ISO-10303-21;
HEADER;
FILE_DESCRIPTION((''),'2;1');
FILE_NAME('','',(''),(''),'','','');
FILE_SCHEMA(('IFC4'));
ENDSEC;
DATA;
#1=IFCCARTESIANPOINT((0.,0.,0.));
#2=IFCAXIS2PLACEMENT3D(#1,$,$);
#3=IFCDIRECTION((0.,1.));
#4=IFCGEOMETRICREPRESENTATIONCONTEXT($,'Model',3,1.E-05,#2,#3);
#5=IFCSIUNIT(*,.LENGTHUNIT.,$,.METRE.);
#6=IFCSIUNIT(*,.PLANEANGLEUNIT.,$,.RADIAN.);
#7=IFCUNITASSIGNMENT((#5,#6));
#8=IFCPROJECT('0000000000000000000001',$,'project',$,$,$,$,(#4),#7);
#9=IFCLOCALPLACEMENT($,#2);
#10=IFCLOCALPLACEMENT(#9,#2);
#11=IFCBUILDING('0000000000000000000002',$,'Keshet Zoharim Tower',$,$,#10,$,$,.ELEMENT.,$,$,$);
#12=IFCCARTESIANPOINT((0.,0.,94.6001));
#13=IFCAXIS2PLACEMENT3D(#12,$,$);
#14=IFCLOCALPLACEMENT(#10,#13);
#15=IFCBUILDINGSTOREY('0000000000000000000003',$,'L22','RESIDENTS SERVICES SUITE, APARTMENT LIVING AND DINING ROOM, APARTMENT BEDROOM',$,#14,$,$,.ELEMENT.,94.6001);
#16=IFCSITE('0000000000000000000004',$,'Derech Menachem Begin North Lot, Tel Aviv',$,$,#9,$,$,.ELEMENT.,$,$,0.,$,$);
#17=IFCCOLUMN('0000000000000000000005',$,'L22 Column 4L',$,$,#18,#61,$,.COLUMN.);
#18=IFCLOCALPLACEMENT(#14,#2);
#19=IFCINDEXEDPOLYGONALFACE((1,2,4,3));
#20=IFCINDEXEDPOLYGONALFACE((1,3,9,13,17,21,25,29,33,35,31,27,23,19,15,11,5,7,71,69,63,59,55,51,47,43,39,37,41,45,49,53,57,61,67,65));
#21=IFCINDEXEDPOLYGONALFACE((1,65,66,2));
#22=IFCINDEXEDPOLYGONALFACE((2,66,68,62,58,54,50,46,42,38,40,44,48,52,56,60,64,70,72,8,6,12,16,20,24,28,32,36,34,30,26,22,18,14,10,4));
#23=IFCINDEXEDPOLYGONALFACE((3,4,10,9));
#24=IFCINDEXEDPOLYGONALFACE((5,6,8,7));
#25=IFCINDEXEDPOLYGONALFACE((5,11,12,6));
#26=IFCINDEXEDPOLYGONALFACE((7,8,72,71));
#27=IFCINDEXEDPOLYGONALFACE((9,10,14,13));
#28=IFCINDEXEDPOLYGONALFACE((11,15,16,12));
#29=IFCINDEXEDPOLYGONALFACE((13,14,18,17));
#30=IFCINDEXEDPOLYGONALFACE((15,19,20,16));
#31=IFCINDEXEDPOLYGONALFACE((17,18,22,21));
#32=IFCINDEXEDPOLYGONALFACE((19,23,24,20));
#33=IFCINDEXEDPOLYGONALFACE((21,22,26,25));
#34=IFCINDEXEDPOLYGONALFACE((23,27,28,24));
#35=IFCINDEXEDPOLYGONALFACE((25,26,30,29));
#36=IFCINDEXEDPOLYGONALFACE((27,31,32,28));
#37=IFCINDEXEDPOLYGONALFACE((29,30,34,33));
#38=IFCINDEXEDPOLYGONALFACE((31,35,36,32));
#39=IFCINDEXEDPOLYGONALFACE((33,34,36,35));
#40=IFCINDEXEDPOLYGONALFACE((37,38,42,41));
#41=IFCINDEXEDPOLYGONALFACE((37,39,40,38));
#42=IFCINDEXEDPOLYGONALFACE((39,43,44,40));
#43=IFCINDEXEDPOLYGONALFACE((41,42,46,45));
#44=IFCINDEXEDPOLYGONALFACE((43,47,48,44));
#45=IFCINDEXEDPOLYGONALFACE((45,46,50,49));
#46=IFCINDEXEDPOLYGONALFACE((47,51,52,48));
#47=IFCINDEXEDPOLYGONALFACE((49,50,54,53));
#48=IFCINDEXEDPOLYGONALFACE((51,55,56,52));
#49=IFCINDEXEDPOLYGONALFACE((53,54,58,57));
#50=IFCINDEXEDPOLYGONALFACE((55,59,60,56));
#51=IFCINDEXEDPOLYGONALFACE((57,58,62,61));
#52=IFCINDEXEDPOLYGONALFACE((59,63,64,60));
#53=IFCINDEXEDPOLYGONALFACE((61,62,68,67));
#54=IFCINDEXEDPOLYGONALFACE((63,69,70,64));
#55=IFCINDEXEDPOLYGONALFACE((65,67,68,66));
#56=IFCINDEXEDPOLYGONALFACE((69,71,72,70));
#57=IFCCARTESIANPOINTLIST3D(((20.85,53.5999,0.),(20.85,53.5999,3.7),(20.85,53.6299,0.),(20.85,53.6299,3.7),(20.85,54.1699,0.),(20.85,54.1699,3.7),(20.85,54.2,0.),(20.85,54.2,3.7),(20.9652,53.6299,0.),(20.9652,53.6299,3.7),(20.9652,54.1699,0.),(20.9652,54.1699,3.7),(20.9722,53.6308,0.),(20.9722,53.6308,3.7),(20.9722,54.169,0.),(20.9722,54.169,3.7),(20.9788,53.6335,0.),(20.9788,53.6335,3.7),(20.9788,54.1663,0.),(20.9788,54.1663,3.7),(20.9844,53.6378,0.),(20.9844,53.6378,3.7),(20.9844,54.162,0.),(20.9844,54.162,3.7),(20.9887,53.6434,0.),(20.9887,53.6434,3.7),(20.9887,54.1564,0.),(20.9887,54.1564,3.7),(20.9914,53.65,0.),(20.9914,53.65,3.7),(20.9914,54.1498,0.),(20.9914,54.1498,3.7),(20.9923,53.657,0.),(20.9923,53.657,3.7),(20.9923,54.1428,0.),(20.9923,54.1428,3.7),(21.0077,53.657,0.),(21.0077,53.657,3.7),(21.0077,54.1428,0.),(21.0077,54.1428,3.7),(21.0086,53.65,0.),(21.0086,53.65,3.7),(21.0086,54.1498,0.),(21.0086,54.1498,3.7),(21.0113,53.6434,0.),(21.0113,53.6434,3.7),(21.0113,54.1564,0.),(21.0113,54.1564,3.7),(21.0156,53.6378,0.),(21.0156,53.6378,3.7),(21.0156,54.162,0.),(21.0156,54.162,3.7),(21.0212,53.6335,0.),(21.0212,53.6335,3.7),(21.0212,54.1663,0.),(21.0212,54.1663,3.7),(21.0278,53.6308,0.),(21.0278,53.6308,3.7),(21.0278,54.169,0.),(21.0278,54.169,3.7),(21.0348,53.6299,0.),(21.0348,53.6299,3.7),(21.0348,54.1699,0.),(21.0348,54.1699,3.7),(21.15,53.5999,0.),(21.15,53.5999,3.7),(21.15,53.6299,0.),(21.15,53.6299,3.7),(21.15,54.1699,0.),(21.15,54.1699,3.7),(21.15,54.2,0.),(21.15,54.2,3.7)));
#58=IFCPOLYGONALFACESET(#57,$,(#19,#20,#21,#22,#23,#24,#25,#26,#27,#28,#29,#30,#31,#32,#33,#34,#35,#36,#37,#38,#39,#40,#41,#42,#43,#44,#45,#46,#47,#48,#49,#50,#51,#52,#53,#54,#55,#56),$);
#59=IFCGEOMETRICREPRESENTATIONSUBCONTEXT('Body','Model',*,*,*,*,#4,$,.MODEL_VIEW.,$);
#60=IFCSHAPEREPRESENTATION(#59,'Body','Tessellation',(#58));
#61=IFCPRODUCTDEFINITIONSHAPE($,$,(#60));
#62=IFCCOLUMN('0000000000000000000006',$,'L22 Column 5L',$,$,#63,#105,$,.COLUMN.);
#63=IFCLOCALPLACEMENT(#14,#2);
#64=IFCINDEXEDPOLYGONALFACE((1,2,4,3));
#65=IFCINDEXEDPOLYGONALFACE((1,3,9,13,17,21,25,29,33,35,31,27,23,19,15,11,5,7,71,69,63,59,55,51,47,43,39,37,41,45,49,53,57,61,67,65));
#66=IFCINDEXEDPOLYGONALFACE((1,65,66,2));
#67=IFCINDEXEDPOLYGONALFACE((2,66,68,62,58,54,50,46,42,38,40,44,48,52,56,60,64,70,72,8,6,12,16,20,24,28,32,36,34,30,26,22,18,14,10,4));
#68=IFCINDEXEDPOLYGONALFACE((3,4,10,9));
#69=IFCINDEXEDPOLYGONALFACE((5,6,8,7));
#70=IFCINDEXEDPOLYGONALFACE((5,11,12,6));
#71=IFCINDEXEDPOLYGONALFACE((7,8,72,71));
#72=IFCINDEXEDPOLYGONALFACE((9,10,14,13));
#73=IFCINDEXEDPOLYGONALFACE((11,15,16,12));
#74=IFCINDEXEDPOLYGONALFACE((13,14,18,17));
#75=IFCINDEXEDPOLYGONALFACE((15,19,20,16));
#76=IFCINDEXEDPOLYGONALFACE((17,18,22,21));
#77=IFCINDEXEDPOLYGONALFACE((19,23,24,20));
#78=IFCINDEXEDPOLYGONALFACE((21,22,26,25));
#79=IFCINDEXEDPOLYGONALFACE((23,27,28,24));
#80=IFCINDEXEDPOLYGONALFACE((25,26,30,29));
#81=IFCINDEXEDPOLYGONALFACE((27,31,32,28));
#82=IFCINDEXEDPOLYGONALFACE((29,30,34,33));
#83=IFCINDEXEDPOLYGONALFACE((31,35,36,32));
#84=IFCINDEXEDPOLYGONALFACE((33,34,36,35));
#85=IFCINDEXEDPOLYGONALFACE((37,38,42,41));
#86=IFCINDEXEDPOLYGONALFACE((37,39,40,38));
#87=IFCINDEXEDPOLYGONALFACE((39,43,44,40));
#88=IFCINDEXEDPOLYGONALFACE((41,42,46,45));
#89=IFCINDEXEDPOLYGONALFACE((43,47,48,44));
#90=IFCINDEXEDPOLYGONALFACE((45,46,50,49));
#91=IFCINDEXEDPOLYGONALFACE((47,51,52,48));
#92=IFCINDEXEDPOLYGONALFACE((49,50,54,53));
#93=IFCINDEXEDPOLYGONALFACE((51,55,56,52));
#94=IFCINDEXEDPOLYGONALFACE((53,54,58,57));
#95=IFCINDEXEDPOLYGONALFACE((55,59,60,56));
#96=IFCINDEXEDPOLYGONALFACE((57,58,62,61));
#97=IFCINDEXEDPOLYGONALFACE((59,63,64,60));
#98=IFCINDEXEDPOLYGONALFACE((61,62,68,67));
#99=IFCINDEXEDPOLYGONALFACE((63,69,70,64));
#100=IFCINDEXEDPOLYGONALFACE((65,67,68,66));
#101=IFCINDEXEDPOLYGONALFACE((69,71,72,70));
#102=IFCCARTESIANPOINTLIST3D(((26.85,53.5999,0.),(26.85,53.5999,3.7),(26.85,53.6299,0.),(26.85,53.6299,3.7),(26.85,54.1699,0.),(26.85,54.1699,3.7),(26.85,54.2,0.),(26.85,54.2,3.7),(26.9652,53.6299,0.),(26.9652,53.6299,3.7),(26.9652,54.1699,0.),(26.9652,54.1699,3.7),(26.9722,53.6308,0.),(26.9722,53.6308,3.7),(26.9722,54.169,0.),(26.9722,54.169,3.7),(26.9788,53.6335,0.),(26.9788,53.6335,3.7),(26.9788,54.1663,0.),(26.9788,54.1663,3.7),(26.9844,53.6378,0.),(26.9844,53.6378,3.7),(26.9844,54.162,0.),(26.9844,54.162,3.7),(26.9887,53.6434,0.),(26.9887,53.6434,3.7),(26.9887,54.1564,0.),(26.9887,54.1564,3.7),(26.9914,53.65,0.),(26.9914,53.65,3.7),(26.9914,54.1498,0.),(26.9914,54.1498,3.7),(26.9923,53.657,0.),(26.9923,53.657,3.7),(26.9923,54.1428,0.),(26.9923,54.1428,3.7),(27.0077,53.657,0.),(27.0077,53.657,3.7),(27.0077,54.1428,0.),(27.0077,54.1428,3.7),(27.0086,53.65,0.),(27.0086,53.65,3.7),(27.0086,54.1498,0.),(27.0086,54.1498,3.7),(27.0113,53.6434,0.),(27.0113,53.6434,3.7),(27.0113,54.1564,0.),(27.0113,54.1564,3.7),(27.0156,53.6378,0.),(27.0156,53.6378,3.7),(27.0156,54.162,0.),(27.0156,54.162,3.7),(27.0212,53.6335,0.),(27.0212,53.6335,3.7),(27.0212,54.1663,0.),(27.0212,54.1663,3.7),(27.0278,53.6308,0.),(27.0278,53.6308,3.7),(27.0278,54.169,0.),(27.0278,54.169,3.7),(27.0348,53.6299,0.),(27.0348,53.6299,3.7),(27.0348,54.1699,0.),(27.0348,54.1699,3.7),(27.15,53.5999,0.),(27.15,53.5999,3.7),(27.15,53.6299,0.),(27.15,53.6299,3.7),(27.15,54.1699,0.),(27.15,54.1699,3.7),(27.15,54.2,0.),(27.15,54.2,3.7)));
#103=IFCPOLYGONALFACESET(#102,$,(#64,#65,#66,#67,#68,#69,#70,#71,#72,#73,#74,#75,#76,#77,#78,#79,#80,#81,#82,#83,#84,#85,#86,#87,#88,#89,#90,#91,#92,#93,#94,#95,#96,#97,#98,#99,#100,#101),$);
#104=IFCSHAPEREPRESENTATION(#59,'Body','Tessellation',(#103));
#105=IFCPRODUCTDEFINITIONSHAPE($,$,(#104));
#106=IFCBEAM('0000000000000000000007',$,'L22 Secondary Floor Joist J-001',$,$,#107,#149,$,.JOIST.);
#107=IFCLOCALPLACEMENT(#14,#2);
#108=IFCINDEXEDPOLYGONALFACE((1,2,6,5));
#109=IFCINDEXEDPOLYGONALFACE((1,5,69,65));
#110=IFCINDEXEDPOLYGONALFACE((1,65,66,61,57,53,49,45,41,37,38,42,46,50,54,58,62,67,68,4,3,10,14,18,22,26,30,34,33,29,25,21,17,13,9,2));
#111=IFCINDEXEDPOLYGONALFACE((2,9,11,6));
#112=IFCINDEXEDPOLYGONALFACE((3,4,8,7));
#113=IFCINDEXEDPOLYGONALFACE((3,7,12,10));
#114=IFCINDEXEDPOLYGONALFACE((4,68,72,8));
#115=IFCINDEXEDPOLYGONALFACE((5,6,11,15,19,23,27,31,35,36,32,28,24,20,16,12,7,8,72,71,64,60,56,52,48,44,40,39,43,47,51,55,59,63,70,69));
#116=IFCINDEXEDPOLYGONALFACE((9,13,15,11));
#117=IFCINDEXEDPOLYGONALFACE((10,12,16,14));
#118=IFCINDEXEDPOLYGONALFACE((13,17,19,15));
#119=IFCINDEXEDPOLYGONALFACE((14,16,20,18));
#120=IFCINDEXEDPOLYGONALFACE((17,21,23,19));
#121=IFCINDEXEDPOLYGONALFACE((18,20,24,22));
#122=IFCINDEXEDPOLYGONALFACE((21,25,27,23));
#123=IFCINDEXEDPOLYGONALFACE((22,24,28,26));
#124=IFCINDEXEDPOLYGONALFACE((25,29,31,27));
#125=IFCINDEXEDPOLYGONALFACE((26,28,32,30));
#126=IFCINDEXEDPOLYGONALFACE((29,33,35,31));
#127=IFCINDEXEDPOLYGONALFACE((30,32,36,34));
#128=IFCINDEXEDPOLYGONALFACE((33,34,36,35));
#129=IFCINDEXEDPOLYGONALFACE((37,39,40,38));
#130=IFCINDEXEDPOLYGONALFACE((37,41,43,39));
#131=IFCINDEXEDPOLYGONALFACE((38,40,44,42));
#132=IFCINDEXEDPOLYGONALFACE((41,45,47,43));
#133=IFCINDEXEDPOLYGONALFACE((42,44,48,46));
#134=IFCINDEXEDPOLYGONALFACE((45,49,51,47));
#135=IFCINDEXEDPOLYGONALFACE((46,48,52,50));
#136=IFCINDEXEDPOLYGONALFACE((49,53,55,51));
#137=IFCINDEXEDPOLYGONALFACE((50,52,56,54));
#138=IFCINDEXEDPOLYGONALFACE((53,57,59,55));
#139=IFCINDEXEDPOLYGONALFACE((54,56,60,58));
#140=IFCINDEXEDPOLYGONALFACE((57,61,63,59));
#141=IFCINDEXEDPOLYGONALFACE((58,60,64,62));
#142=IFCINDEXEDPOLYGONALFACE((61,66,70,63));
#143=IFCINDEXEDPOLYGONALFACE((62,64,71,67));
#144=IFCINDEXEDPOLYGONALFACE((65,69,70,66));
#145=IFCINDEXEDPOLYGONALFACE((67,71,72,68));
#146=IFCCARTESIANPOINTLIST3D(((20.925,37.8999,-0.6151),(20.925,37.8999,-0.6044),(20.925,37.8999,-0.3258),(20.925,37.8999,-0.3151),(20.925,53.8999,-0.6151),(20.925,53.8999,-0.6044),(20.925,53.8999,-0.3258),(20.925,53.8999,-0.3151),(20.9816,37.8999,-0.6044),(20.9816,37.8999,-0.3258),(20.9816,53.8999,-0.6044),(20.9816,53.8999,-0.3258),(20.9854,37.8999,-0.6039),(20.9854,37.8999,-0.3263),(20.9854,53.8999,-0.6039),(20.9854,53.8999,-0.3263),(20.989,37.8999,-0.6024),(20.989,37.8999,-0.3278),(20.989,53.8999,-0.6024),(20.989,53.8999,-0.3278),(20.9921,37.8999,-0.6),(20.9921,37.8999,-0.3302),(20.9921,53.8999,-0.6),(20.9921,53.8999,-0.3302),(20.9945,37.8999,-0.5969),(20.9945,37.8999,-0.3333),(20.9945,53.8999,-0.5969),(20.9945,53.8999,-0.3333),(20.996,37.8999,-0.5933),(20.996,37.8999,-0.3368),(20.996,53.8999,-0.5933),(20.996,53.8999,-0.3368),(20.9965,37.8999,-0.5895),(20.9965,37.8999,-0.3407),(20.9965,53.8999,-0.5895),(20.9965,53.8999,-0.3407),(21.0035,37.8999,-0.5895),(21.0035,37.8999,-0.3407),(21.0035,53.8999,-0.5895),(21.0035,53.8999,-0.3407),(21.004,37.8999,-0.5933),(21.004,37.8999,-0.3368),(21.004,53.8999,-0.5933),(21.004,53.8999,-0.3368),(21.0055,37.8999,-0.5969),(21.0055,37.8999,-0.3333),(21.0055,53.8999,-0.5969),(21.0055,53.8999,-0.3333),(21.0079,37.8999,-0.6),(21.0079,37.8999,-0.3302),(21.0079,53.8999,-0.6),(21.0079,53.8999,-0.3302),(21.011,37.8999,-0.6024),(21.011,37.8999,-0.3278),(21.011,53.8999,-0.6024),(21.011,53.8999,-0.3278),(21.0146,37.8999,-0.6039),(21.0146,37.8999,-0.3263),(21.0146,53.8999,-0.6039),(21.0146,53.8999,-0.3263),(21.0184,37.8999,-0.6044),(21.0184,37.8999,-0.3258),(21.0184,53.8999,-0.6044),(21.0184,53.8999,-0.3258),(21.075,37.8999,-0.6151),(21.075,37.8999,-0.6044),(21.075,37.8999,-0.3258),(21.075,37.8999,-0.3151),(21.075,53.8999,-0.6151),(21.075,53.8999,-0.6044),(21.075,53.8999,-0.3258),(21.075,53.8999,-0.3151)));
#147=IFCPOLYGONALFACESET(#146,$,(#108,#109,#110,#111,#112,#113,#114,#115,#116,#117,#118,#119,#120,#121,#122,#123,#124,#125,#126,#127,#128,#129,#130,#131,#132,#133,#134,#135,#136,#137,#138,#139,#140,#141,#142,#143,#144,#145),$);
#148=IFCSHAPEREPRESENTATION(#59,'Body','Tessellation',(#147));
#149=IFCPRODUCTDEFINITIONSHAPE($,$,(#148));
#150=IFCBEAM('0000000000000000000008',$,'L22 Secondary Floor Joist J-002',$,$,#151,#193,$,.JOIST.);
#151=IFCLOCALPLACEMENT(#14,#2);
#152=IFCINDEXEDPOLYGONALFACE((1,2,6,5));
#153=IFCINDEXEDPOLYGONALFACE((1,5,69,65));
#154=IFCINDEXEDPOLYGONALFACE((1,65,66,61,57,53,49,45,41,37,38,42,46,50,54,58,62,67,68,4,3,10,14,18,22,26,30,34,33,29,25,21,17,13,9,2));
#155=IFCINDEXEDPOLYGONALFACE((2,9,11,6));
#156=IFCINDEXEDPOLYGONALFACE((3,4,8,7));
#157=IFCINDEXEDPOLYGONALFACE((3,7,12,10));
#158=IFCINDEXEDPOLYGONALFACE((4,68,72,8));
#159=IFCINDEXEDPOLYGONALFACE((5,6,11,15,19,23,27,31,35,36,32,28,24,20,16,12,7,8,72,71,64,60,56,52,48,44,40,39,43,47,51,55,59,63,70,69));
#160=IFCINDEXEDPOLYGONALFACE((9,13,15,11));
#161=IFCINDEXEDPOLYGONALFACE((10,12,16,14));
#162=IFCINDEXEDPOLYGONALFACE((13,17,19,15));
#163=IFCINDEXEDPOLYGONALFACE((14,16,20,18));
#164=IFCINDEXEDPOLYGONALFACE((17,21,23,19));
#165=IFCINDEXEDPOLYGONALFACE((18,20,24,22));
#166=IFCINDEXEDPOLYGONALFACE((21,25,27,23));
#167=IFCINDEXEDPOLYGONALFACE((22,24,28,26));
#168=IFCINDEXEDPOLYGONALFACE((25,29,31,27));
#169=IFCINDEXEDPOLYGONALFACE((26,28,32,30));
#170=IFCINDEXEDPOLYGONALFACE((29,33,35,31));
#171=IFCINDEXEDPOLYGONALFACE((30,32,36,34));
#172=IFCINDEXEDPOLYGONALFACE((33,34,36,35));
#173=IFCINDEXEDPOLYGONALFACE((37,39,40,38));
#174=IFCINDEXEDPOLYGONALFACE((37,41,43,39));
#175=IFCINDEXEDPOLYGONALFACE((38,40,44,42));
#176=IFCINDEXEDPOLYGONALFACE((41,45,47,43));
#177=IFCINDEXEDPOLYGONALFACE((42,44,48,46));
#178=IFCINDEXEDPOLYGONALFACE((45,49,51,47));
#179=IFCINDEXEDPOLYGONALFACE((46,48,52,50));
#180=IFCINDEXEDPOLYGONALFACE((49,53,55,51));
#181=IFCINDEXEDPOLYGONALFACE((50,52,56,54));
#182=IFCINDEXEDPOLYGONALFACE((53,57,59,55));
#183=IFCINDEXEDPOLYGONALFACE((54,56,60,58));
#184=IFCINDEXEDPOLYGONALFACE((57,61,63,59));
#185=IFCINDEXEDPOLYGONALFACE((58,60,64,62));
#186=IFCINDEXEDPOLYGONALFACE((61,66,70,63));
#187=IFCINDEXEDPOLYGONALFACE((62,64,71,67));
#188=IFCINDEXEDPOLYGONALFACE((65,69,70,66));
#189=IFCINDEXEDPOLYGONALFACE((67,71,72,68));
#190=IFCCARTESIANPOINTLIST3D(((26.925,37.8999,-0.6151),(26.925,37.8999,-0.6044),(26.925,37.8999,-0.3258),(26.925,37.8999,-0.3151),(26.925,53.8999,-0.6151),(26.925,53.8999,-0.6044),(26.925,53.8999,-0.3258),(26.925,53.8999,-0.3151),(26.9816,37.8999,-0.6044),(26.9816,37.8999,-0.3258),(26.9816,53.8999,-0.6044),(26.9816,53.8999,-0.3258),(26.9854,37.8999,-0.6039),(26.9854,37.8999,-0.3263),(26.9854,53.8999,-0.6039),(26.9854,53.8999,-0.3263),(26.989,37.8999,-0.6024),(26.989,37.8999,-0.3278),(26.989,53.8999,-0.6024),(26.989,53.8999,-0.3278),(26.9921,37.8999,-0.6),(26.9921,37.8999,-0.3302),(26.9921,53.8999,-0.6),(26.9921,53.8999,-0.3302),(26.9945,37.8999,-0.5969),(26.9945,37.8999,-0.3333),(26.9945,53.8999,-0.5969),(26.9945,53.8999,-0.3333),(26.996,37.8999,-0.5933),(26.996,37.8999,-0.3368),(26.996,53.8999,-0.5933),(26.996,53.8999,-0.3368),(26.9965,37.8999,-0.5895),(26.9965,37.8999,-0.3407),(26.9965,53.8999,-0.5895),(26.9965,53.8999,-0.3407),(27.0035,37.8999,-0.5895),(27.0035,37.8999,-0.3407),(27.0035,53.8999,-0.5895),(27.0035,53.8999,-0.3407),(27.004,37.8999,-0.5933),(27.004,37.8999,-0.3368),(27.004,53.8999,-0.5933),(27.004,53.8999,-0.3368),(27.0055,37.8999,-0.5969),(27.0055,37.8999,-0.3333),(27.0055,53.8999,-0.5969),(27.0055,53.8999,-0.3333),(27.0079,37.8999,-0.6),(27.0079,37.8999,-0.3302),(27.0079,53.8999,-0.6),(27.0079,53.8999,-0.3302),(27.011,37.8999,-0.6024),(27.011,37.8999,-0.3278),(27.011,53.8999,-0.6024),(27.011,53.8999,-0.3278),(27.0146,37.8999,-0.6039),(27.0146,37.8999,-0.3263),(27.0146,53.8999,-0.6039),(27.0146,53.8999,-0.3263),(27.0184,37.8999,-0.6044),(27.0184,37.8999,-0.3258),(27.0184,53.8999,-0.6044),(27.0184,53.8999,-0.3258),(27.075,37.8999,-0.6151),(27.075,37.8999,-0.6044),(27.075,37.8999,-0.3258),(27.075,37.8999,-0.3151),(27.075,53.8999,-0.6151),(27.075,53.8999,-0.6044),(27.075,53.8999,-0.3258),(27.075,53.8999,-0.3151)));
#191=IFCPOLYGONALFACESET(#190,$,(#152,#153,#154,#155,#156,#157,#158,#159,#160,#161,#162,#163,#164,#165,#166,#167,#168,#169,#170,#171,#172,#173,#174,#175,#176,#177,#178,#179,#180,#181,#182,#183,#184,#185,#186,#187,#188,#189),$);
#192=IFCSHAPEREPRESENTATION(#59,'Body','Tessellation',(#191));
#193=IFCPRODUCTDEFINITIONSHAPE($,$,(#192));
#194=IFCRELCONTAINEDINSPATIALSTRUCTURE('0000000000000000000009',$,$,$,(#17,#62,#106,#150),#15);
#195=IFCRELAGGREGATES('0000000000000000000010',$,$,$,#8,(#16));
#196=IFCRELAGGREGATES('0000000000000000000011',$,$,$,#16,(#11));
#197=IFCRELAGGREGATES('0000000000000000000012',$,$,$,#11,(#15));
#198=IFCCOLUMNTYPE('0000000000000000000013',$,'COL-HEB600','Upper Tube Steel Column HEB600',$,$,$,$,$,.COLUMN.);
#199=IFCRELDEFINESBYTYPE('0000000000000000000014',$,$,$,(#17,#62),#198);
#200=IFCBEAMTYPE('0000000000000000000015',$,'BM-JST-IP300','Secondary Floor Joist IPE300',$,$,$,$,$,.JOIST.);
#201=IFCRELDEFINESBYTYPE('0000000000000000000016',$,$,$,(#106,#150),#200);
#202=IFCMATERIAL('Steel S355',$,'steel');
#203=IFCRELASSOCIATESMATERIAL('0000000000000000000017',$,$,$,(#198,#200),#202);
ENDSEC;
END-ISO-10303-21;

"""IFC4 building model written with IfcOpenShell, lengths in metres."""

from ifc_helpers import new_model, si_unit, direction, frame, origin, origin_2d, place, context, subcontext, project, spatial, i_section, extrude, material, material_profile, profile_set, type_object, element, save


model = new_model("IFC4")

# Units and contexts
model_context = context("Model", 3, precision=1e-05, world=origin(), true_north=direction((0.0, 1.0)))
body_context = subcontext(model_context, "Body", "Model", "MODEL_VIEW")
ifc_project = project(units=[si_unit("LENGTHUNIT", "METRE"), si_unit("PLANEANGLEUNIT", "RADIAN")], contexts=[model_context])

# Site, building, storey
site_placement = place(None, origin())
site = spatial("IfcSite", under=ifc_project, at=site_placement, Name="Derech Menachem Begin North Lot, Tel Aviv", CompositionType="ELEMENT", RefElevation=0.0)
building_placement = place(site_placement, origin())
building = spatial("IfcBuilding", under=site, at=building_placement, Name="Keshet Zoharim Tower", CompositionType="ELEMENT")
storey_placement = place(building_placement, frame((0.0, 0.0, 94.6001)))
storey = spatial("IfcBuildingStorey", under=building, at=storey_placement, Name="L22", Description="RESIDENTS SERVICES SUITE, APARTMENT LIVING AND DINING ROOM, APARTMENT BEDROOM", CompositionType="ELEMENT", Elevation=94.6001)

# Columns
ifc_material_1 = material(Name="Steel S355", Category="steel")
ifc_material_profile_1 = material_profile(ifc_material_1, i_section(OverallWidth=0.3, OverallDepth=0.6001, WebThickness=0.0154, FlangeThickness=0.03, FilletRadius=0.0271, at=origin_2d()), Name="HEB600")
ifc_profile_set_1 = profile_set([ifc_material_profile_1], Name="Steel S355")
column_type = type_object("IfcColumnType", Name="COL-HEB600", Description="Upper Tube Steel Column HEB600", PredefinedType="COLUMN", material=ifc_profile_set_1)
for number, where, z_axis, x_axis, name in (
    (1, (21.0, 53.8999, 0.0), (0.0, 0.0, 1.0), (1.0, 0.0, 0.0), "L22 Column 4L"),
    (2, (27.0, 53.8999, 0.0), (0.0, 0.0, 1.0), (1.0, 0.0, 0.0), "L22 Column 5L"),
):
    element("IfcColumn", number, at=place(storey_placement, frame(where, z_axis=z_axis, x_axis=x_axis)), inside=storey, type_object=column_type, Name=name, PredefinedType="COLUMN", context=body_context, shape_type="SweptSolid", body=[
        extrude(i_section(OverallWidth=0.3, OverallDepth=0.6001, WebThickness=0.0154, FlangeThickness=0.03, FilletRadius=0.0271, at=origin_2d()), origin(), (0.0, 0.0, 1.0), 3.7),
    ])

# Beams
ifc_material_profile_2 = material_profile(ifc_material_1, i_section(OverallWidth=0.1499, OverallDepth=0.3, WebThickness=0.0071, FlangeThickness=0.0107, FilletRadius=0.0149, at=origin_2d()), Name="IPE300")
ifc_profile_set_2 = profile_set([ifc_material_profile_2], Name="Steel S355")
beam_type_1 = type_object("IfcBeamType", Name="BM-JST-IP300", Description="Secondary Floor Joist IPE300", PredefinedType="JOIST", material=ifc_profile_set_2)
for number, where, z_axis, x_axis, name in (
    (3, (21.0, 37.8999, -0.4651), (0.0, 1.0, 0.0), (-1.0, 0.0, 0.0), "L22 Secondary Floor Joist J-001"),
    (4, (27.0, 37.8999, -0.4651), (0.0, 1.0, 0.0), (-1.0, 0.0, 0.0), "L22 Secondary Floor Joist J-002"),
):
    element("IfcBeam", number, at=place(storey_placement, frame(where, z_axis=z_axis, x_axis=x_axis)), inside=storey, type_object=beam_type_1, Name=name, PredefinedType="JOIST", context=body_context, shape_type="SweptSolid", body=[
        extrude(i_section(OverallWidth=0.1499, OverallDepth=0.3, WebThickness=0.0071, FlangeThickness=0.0107, FilletRadius=0.0149, at=origin_2d()), origin(), (0.0, 0.0, 1.0), 16.0),
    ])

save(model, "model.ifc")
